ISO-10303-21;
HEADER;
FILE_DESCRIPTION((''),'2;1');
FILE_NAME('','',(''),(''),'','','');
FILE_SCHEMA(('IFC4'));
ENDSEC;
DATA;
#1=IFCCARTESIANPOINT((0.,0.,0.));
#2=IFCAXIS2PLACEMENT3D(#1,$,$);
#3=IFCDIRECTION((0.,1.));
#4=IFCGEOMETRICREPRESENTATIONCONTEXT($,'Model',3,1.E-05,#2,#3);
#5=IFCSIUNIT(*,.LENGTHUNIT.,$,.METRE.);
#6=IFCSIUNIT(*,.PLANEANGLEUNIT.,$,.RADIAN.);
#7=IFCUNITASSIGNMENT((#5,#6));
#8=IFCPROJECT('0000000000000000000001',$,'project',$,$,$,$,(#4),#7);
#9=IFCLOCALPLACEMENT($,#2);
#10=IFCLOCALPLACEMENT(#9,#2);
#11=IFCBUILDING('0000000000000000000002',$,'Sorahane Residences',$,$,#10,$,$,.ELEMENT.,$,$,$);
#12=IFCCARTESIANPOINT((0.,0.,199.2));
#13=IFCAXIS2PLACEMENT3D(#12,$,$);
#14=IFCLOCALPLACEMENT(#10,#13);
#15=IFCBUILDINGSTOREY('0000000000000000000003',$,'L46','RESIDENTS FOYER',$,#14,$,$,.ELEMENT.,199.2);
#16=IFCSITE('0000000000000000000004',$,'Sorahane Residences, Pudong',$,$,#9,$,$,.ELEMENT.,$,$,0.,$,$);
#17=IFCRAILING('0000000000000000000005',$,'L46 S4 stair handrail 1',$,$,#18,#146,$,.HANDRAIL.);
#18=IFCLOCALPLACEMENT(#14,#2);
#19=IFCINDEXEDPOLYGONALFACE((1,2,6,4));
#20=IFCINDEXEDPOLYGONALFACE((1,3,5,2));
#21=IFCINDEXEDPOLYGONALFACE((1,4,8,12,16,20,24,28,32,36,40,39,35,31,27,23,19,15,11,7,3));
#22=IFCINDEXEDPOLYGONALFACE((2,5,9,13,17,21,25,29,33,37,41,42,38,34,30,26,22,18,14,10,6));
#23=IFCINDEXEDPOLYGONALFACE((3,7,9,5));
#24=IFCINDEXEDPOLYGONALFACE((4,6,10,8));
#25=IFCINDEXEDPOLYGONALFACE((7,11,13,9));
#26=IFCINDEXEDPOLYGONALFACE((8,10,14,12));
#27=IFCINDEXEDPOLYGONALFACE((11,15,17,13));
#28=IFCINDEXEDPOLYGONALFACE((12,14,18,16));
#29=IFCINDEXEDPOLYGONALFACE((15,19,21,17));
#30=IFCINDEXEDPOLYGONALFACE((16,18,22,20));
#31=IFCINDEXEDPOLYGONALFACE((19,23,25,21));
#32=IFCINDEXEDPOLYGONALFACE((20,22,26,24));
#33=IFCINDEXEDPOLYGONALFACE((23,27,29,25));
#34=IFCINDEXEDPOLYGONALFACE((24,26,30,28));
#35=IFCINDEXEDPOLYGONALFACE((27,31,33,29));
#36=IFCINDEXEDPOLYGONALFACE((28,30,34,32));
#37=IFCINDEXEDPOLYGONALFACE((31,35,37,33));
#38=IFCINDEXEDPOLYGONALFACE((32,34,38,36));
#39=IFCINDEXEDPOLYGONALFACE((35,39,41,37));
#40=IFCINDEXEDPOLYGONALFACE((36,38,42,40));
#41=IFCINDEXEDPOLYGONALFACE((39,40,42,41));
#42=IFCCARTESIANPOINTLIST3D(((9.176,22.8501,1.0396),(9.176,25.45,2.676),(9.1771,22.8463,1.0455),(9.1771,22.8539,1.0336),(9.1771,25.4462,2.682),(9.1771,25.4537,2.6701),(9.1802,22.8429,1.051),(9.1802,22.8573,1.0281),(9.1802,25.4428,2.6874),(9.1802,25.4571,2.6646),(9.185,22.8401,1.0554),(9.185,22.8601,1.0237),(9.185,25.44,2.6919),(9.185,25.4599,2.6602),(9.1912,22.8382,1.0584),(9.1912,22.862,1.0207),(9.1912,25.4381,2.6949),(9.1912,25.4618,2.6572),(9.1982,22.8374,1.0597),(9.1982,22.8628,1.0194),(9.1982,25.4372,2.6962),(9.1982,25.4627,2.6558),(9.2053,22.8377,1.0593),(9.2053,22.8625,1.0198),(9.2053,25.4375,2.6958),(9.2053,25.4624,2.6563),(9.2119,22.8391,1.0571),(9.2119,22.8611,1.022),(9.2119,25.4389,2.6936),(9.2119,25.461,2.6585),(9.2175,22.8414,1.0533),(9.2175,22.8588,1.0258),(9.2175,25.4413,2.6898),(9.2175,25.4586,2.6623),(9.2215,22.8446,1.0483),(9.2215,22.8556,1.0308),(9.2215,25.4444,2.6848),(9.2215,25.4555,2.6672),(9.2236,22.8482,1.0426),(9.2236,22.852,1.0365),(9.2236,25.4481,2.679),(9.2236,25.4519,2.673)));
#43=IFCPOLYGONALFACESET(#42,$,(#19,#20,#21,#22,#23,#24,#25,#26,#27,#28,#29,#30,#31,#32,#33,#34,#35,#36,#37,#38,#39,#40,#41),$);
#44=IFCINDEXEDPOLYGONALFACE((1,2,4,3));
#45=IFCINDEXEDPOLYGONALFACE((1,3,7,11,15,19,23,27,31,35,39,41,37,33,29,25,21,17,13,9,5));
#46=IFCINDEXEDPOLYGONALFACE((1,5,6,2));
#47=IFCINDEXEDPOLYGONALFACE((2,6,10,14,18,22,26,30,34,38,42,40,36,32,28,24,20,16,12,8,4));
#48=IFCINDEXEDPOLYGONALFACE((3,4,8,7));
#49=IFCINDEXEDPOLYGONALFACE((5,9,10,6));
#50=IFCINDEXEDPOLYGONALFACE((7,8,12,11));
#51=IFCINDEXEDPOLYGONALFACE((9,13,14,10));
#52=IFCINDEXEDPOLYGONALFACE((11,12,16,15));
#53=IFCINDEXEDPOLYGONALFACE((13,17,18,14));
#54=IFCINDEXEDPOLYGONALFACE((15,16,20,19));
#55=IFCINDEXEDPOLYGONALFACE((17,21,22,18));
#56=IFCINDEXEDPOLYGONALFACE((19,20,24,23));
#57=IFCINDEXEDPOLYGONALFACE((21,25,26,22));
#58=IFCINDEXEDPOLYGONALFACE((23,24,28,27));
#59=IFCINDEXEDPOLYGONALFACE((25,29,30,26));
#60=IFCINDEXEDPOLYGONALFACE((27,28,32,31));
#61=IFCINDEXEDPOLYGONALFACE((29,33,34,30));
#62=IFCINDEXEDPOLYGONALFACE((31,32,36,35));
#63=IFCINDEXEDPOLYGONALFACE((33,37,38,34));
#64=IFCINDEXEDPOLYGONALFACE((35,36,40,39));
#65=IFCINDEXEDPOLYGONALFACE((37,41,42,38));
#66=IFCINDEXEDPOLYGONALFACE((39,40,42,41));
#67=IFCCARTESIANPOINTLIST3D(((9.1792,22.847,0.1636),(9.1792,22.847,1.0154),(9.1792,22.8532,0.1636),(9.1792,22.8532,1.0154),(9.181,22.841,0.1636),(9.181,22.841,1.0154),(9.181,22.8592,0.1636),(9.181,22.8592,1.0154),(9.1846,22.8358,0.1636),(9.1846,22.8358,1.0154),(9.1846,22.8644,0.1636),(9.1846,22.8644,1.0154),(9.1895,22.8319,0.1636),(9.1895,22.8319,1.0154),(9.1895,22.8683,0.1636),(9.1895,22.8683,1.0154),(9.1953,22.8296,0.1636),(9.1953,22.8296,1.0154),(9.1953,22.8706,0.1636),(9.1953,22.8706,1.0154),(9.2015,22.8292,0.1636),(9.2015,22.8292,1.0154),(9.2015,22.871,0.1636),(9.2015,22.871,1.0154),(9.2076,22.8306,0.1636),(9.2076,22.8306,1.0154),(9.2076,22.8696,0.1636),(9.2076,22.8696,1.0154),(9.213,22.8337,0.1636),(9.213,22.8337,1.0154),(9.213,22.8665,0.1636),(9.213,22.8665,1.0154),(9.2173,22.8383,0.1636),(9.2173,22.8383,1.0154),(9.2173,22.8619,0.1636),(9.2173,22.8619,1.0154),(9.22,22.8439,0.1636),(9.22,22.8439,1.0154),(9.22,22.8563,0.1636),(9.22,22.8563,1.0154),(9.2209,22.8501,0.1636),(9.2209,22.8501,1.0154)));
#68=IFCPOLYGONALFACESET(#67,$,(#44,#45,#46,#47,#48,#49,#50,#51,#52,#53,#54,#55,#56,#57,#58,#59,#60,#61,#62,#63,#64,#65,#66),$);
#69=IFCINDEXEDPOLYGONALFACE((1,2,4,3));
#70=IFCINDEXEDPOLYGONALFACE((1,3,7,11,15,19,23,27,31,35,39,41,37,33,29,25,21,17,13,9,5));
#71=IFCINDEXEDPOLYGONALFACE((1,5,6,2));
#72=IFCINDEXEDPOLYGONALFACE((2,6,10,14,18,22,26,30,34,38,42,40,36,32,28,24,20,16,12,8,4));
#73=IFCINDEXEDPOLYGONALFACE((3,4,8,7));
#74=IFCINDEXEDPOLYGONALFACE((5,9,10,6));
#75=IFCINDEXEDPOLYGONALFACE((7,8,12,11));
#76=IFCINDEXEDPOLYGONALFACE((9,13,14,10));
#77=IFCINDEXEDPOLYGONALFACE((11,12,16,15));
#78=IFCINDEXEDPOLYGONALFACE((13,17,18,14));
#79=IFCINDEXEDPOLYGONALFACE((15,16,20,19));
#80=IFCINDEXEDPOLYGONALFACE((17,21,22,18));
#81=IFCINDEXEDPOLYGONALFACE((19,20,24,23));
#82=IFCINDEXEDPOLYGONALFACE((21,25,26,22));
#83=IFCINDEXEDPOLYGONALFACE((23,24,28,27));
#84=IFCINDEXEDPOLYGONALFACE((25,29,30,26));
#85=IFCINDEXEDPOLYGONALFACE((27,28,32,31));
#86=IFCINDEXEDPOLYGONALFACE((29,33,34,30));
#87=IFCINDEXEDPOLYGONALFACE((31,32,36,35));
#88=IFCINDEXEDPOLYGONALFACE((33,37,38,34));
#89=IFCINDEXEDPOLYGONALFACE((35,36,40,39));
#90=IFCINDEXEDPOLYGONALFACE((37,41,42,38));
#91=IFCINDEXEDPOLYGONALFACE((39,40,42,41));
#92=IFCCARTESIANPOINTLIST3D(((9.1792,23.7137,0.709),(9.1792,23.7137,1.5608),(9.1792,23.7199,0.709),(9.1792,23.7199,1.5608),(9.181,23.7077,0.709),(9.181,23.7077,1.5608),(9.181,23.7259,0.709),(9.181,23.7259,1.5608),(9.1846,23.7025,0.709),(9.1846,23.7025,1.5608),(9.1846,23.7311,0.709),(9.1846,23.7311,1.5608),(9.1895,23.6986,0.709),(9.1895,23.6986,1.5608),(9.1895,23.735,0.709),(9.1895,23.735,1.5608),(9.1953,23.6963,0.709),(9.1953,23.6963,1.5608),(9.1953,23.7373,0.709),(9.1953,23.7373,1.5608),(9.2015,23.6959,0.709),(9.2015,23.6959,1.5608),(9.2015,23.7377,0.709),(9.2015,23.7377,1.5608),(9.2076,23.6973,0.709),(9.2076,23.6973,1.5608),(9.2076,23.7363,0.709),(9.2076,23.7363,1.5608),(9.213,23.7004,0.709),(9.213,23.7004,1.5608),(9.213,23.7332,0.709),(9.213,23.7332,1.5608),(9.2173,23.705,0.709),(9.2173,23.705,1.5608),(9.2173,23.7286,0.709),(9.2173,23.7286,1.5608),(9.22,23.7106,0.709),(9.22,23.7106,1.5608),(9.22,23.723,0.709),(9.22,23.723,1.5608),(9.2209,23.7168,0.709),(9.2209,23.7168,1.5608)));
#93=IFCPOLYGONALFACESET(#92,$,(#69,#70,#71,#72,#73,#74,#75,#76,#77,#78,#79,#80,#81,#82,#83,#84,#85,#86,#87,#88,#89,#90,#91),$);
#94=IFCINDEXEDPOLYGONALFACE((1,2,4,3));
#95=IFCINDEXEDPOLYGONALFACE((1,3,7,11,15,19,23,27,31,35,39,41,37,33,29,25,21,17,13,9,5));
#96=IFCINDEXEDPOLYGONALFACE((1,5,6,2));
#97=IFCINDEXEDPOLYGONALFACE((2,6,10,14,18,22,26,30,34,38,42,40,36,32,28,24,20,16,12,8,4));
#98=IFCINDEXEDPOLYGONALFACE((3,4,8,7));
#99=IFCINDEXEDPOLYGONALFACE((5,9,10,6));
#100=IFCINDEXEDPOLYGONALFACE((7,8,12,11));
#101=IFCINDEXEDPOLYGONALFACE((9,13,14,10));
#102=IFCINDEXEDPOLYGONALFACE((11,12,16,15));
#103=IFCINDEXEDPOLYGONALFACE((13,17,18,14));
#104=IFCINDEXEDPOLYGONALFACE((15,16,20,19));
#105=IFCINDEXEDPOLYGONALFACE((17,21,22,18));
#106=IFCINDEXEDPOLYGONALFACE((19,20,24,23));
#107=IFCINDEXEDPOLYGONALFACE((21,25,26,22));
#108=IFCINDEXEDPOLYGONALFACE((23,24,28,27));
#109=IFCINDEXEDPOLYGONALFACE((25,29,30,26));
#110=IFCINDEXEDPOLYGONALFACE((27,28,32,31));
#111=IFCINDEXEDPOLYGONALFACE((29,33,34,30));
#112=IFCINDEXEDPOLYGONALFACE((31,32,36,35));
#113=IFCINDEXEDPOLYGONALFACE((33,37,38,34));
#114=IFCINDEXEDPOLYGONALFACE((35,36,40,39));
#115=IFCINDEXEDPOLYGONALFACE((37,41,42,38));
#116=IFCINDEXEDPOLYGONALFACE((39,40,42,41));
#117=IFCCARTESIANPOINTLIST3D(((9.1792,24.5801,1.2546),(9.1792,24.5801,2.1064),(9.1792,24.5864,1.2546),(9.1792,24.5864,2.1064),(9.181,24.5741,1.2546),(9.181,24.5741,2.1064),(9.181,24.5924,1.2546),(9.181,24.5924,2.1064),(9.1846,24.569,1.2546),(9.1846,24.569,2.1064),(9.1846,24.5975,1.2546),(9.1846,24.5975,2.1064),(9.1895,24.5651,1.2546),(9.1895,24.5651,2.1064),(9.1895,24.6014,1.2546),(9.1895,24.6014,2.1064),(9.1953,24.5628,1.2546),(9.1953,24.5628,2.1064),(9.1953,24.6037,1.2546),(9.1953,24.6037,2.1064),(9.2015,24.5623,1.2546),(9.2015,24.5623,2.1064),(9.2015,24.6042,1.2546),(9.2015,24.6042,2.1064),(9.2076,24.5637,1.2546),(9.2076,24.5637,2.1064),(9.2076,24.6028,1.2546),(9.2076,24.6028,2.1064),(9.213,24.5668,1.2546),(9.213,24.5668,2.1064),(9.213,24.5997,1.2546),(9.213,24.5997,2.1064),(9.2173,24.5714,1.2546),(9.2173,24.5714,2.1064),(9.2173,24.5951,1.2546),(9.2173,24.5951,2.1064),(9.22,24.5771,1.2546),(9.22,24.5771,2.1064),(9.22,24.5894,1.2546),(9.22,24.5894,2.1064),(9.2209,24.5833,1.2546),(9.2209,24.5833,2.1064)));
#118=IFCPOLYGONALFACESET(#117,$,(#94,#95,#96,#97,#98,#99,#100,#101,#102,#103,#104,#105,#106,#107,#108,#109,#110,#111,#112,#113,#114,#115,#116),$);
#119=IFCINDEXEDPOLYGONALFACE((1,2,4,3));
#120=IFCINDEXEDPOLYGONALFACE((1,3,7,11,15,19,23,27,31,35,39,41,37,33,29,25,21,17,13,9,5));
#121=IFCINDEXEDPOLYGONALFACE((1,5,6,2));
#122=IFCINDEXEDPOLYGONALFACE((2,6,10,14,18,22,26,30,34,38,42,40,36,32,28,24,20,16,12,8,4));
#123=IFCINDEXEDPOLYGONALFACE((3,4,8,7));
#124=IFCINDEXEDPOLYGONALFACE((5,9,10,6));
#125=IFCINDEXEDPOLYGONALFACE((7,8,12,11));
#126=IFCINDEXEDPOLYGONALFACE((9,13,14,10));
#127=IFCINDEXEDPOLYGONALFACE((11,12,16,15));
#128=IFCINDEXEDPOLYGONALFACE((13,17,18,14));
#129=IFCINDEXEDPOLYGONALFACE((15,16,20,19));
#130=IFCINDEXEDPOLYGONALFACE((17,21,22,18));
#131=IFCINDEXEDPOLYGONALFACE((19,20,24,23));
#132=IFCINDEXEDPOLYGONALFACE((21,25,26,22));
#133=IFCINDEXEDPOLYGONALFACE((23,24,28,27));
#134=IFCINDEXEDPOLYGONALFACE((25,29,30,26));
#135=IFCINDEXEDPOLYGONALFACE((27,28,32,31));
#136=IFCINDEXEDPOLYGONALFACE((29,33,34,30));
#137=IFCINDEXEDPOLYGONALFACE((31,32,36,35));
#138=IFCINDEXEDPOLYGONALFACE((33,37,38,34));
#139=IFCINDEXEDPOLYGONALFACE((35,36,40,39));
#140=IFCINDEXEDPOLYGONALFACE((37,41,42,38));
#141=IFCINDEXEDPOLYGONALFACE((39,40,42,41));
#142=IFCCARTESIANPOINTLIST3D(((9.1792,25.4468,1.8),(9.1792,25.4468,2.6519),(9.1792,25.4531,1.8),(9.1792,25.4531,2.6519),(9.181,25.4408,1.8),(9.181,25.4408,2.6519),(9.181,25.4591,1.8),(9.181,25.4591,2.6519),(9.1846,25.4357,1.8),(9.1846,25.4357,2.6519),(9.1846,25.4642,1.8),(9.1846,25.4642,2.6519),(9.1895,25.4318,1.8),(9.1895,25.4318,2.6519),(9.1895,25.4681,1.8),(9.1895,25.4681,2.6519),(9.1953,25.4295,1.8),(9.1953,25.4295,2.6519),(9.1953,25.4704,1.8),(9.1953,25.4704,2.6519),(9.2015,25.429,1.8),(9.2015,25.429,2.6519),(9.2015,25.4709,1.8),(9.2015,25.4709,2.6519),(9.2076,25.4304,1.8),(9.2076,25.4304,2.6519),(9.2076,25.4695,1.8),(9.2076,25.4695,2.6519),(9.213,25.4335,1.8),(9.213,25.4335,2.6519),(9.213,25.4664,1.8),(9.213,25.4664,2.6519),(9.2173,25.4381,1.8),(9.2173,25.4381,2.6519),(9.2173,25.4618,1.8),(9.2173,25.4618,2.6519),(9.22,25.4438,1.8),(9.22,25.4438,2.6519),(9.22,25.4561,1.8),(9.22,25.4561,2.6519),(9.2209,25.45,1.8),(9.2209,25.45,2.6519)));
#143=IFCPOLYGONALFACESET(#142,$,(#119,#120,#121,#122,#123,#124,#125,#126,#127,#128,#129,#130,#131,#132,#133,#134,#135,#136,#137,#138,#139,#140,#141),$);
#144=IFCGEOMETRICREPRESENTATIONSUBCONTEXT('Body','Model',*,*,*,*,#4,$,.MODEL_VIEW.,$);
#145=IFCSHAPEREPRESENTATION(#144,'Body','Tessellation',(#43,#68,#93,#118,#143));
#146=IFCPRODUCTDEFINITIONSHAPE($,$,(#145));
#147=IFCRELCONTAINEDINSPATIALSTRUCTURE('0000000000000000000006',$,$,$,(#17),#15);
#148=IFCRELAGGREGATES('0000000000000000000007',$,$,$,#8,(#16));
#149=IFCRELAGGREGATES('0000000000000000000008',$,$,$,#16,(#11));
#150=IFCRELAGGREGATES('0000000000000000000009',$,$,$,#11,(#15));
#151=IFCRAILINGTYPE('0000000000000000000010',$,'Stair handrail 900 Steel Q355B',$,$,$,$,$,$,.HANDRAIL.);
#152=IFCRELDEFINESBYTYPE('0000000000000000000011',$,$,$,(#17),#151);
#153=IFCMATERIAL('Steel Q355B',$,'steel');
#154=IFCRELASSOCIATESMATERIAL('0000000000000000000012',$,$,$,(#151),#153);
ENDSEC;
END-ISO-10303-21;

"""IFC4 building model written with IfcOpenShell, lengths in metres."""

from ifc_helpers import new_model, si_unit, direction, frame, origin, origin_2d, place, context, subcontext, project, spatial, circle, extrude, material, type_object, element, save


model = new_model("IFC4")

# Units and contexts
model_context = context("Model", 3, precision=1e-05, world=origin(), true_north=direction((0.0, 1.0)))
body_context = subcontext(model_context, "Body", "Model", "MODEL_VIEW")
ifc_project = project(units=[si_unit("LENGTHUNIT", "METRE"), si_unit("PLANEANGLEUNIT", "RADIAN")], contexts=[model_context])

# Site, building, storey
site_placement = place(None, origin())
site = spatial("IfcSite", under=ifc_project, at=site_placement, Name="Sorahane Residences, Pudong", CompositionType="ELEMENT", RefElevation=0.0)
building_placement = place(site_placement, origin())
building = spatial("IfcBuilding", under=site, at=building_placement, Name="Sorahane Residences", CompositionType="ELEMENT")
storey_placement = place(building_placement, frame((0.0, 0.0, 199.2)))
storey = spatial("IfcBuildingStorey", under=building, at=storey_placement, Name="L46", Description="RESIDENTS FOYER", CompositionType="ELEMENT", Elevation=199.2)

# Railing
ifc_material_1 = material(Name="Steel Q355B", Category="steel")
railing_type_1 = type_object("IfcRailingType", Name="Stair handrail 900 Steel Q355B", PredefinedType="HANDRAIL", material=ifc_material_1)
railing_1_placement = place(storey_placement, frame((9.2, 22.8501, 0.1636)))
element("IfcRailing", 1, at=railing_1_placement, inside=storey, type_object=railing_type_1, Name="L46 S4 stair handrail 1", PredefinedType="HANDRAIL", context=body_context, shape_type="SweptSolid", body=[
    extrude(circle(Radius=0.0239, at=origin_2d()), frame((0.0, 0.0, 0.876), z_axis=(0.0, 0.846302, 0.532704), x_axis=(-1.0, 0.0, 0.0)), (0.0, 0.0, 1.0), 3.072),
    extrude(circle(Radius=0.021, at=origin_2d()), origin(), (0.0, 0.0, 1.0), 0.8518),
    extrude(circle(Radius=0.021, at=origin_2d()), frame((0.0, 0.8667, 0.5454)), (0.0, 0.0, 1.0), 0.8518),
    extrude(circle(Radius=0.021, at=origin_2d()), frame((0.0, 1.7332, 1.0911)), (0.0, 0.0, 1.0), 0.8518),
    extrude(circle(Radius=0.021, at=origin_2d()), frame((0.0, 2.5999, 1.6365)), (0.0, 0.0, 1.0), 0.8518),
])

save(model, "model.ifc")
